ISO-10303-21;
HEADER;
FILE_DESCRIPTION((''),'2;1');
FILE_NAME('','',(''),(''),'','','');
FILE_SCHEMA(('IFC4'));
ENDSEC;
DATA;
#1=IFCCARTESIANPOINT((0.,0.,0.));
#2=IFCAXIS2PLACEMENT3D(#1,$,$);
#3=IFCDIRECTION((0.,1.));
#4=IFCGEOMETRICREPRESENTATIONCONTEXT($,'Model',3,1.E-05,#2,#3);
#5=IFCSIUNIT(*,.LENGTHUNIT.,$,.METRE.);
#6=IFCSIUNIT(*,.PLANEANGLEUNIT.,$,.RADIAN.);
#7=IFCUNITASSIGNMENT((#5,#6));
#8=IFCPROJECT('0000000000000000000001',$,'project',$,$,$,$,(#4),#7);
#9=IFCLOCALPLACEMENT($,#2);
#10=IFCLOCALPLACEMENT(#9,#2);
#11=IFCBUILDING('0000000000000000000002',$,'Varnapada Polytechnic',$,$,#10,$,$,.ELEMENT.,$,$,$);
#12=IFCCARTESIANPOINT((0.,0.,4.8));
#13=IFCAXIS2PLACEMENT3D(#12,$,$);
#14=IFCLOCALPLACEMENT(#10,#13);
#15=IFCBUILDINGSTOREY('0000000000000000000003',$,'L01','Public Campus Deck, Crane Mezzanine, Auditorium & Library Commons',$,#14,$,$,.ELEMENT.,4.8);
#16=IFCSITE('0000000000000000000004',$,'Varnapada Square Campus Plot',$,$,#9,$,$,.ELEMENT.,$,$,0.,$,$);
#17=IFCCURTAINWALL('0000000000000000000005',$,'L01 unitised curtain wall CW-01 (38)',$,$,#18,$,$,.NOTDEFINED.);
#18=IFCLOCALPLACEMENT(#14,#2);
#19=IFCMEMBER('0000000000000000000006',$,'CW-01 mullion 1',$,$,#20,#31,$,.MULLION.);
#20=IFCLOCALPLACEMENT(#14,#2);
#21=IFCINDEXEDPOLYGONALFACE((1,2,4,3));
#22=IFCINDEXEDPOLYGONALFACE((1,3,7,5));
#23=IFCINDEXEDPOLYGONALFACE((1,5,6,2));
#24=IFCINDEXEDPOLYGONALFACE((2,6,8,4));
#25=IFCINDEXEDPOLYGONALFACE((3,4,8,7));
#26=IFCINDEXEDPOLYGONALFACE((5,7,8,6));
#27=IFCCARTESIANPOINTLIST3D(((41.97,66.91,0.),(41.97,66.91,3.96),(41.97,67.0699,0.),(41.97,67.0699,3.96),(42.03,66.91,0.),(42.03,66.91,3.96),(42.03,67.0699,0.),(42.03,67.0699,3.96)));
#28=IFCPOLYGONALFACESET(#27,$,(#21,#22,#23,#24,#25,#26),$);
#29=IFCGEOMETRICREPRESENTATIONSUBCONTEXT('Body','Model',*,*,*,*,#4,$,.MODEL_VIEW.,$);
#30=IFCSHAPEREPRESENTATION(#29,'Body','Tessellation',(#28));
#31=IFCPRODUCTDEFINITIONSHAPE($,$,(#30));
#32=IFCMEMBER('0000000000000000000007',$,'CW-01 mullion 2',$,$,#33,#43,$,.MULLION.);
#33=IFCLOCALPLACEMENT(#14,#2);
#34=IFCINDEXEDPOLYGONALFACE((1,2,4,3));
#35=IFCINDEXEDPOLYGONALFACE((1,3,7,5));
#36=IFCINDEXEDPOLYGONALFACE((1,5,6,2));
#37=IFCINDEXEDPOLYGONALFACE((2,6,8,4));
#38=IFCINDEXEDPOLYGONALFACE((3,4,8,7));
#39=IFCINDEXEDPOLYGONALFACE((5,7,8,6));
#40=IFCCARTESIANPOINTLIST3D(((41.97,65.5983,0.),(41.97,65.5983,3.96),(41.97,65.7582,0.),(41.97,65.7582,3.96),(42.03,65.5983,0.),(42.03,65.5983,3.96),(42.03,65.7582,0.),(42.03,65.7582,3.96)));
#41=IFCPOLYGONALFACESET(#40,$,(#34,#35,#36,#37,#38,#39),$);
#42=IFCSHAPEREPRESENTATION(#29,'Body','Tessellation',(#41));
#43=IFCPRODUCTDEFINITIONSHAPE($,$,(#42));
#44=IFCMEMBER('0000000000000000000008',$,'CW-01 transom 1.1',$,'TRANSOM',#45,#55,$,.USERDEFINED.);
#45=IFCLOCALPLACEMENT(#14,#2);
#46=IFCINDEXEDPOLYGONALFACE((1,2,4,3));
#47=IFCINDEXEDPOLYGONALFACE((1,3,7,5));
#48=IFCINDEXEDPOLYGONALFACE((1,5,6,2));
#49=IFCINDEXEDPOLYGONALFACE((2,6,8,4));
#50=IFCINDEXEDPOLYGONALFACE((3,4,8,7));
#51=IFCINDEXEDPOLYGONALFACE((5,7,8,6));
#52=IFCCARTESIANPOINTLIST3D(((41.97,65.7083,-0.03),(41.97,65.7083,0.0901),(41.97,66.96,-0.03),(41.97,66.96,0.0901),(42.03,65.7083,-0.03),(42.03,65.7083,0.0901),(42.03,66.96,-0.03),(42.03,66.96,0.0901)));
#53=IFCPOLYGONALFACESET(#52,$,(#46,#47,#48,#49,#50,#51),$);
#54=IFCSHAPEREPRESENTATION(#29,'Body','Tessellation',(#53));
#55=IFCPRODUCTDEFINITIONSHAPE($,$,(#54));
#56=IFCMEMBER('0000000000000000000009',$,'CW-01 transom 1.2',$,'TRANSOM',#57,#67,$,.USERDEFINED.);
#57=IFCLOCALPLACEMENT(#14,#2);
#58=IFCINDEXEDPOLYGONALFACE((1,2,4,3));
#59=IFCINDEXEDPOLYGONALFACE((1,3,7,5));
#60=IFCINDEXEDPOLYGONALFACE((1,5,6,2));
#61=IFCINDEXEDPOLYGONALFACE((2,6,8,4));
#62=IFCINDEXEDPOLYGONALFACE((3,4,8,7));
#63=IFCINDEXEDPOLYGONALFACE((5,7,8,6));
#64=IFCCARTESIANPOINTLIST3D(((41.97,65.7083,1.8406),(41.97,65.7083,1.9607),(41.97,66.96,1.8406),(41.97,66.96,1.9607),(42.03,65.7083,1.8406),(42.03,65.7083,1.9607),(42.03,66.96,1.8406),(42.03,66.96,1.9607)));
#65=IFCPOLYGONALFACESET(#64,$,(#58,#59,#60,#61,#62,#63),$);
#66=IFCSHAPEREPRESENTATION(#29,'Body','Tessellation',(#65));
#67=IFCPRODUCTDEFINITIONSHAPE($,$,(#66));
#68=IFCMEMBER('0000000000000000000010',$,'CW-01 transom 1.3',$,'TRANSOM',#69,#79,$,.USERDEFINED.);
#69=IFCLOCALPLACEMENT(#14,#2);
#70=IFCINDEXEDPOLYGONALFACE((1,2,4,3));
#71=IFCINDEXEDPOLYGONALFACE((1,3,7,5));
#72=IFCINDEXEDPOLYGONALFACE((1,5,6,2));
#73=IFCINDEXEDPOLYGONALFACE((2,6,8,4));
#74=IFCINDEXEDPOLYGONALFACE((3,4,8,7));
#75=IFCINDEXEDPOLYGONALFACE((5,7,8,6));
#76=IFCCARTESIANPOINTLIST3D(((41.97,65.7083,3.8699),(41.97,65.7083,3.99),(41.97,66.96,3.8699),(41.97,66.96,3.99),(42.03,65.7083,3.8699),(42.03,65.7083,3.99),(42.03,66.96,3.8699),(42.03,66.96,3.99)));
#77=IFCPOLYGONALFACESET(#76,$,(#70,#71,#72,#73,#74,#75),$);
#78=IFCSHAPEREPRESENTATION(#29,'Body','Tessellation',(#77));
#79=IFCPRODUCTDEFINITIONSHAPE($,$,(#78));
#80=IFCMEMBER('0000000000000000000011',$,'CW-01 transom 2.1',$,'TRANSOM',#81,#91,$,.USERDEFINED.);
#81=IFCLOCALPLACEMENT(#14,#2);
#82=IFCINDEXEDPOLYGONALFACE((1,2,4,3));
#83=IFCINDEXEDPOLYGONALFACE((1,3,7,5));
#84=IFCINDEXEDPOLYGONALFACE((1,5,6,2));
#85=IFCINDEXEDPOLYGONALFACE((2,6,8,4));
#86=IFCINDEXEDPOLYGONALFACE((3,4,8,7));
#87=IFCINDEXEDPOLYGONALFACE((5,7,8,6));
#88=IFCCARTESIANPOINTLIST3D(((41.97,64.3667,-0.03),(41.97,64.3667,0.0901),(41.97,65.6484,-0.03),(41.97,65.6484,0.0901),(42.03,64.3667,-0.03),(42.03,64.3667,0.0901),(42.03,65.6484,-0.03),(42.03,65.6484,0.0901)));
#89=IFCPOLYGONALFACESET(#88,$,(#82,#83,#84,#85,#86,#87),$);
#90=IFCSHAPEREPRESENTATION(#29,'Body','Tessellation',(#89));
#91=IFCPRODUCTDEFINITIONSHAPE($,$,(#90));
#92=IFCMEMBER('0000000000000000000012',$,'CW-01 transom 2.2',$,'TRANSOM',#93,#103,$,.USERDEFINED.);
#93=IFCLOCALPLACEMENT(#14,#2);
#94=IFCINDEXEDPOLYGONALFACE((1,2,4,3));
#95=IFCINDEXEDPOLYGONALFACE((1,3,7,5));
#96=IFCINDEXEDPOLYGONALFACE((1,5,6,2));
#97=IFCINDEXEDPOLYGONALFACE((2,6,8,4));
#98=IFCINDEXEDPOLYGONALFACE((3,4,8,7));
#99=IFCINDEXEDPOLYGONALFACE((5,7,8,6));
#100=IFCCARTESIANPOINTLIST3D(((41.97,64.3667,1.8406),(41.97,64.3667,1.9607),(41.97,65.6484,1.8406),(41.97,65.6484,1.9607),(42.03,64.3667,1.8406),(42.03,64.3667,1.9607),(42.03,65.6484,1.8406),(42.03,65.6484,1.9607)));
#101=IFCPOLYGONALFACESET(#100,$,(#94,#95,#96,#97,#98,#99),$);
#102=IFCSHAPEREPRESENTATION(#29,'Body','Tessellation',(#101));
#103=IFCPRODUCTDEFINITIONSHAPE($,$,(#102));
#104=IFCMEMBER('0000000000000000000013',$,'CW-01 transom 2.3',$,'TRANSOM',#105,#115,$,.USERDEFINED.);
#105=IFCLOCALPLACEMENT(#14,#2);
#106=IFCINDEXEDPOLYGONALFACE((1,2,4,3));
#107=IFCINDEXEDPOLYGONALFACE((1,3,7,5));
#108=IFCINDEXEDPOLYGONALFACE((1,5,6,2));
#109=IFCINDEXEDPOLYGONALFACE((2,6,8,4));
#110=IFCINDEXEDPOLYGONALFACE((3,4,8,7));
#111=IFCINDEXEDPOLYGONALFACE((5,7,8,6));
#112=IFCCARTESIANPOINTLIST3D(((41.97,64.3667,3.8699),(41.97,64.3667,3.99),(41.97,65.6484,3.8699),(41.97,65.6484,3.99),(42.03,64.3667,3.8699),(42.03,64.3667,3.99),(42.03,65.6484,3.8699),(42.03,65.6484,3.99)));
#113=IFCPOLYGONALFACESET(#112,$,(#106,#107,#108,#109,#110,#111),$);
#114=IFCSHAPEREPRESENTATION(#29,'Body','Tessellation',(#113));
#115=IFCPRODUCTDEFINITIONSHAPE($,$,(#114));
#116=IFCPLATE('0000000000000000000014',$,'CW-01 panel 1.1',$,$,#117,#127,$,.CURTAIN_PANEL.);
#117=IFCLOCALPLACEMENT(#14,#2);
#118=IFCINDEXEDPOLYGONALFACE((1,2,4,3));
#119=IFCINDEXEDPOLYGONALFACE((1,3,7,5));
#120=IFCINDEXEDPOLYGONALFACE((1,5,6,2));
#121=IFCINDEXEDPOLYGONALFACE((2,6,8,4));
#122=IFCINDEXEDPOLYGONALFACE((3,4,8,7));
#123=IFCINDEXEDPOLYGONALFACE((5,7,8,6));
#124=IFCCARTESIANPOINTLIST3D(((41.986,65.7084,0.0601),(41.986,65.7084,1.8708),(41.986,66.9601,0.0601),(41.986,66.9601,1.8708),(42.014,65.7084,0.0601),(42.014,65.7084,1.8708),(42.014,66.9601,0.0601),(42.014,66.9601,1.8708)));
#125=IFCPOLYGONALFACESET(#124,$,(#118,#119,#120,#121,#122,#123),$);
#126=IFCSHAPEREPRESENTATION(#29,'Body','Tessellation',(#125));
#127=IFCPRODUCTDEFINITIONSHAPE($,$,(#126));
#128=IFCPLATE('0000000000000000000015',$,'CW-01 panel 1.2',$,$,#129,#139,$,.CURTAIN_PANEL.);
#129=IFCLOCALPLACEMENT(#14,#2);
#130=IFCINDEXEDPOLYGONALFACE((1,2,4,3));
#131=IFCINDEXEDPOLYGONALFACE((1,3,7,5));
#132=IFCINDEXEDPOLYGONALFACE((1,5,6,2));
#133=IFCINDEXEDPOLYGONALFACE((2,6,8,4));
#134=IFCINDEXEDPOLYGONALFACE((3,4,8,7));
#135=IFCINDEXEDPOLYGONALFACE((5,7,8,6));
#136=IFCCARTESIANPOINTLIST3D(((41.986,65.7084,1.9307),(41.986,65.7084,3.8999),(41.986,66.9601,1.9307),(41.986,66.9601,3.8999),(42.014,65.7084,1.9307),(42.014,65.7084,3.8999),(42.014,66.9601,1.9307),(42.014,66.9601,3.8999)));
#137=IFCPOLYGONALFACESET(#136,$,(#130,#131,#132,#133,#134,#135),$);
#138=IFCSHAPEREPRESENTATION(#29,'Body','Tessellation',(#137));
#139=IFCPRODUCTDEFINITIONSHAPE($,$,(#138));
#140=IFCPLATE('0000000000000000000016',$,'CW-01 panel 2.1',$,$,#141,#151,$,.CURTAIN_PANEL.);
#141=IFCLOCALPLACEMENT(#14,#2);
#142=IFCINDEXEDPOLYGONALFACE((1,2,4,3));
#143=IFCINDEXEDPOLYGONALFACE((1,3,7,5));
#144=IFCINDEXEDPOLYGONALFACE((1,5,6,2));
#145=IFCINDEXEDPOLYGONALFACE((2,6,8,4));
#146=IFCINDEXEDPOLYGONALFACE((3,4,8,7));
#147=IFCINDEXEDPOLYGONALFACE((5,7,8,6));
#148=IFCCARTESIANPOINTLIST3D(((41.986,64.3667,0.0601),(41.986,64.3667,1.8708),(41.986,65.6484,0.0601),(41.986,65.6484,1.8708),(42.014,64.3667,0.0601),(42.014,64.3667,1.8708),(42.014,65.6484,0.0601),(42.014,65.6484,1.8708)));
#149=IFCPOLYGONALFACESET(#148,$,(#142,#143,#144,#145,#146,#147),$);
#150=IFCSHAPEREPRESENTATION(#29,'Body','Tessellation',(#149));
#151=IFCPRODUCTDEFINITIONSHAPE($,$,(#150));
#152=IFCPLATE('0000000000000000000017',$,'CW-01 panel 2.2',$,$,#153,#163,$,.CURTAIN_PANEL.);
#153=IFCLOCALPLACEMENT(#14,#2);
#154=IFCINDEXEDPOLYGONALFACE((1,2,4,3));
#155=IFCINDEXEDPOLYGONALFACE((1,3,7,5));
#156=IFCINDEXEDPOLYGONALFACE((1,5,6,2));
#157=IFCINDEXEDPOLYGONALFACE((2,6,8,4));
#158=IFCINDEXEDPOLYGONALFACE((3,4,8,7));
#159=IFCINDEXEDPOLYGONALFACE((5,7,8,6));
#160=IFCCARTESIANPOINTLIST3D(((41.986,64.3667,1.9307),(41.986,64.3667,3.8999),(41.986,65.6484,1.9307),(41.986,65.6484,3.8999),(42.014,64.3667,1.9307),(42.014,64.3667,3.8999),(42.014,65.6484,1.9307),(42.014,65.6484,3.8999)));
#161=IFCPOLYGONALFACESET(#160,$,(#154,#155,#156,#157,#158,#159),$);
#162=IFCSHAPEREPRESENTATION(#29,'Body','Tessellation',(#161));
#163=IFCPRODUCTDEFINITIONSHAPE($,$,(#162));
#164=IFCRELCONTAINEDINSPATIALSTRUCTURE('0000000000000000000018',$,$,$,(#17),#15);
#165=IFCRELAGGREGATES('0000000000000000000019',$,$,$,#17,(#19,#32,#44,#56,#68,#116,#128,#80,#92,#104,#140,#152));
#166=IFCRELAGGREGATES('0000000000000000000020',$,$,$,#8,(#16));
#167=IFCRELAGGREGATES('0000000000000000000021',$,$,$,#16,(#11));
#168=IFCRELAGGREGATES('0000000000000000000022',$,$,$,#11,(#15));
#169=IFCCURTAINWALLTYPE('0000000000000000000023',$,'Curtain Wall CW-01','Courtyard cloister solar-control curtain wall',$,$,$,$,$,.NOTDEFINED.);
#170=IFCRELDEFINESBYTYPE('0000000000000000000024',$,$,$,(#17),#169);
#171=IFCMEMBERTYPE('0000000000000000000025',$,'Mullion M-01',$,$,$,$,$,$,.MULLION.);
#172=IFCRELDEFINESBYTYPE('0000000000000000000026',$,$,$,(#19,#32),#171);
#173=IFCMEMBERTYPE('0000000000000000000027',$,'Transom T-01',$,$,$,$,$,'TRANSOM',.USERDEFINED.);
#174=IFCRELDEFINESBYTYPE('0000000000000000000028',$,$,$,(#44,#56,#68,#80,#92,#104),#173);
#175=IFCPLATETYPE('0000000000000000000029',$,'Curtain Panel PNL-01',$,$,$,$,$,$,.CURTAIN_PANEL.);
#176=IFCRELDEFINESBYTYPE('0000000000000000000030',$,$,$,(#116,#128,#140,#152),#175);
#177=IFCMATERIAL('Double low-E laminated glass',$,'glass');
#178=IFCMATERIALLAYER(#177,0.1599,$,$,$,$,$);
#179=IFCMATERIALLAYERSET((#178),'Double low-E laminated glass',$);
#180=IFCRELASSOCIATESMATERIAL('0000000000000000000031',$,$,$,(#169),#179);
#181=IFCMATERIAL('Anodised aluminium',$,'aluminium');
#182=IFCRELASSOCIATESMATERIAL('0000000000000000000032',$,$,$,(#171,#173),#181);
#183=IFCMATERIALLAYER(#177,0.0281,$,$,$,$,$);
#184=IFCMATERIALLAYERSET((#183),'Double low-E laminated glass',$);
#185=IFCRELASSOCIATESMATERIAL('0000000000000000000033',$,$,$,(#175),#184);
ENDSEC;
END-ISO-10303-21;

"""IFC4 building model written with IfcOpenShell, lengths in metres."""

from ifc_helpers import new_model, si_unit, direction, frame, origin, origin_2d, place, context, subcontext, project, spatial, rectangle, extrude, material, layer, layer_set, material_profile, profile_set, type_object, element, aggregate, save


model = new_model("IFC4")

# Units and contexts
model_context = context("Model", 3, precision=1e-05, world=origin(), true_north=direction((0.0, 1.0)))
body_context = subcontext(model_context, "Body", "Model", "MODEL_VIEW")
ifc_project = project(units=[si_unit("LENGTHUNIT", "METRE"), si_unit("PLANEANGLEUNIT", "RADIAN")], contexts=[model_context])

# Site, building, storey
site_placement = place(None, origin())
site = spatial("IfcSite", under=ifc_project, at=site_placement, Name="Varnapada Square Campus Plot", CompositionType="ELEMENT", RefElevation=0.0)
building_placement = place(site_placement, origin())
building = spatial("IfcBuilding", under=site, at=building_placement, Name="Varnapada Polytechnic", CompositionType="ELEMENT")
storey_placement = place(building_placement, frame((0.0, 0.0, 4.8)))
storey = spatial("IfcBuildingStorey", under=building, at=storey_placement, Name="L01", Description="Public Campus Deck, Crane Mezzanine, Auditorium & Library Commons", CompositionType="ELEMENT", Elevation=4.8)

# Curtain wall, members, plates
ifc_material_1 = material(Name="Double low-E laminated glass", Category="glass")
ifc_layer_1 = layer(ifc_material_1, 0.1599)
ifc_layer_set_1 = layer_set([ifc_layer_1], Name="Double low-E laminated glass")
curtain_wall_type = type_object("IfcCurtainWallType", Name="Curtain Wall CW-01", Description="Courtyard cloister solar-control curtain wall", PredefinedType="NOTDEFINED", material=ifc_layer_set_1)
curtain_wall_placement = place(storey_placement, origin())
curtain_wall = element("IfcCurtainWall", 1, at=curtain_wall_placement, inside=storey, type_object=curtain_wall_type, Name="L01 unitised curtain wall CW-01 (38)", PredefinedType="NOTDEFINED")
ifc_material_2 = material(Name="Anodised aluminium", Category="aluminium")
ifc_material_profile_1 = material_profile(ifc_material_2, rectangle(XDim=0.0601, YDim=0.1599, at=origin_2d()), Name="ALU M60x160")
ifc_profile_set_1 = profile_set([ifc_material_profile_1], Name="Anodised aluminium")
member_type_1 = type_object("IfcMemberType", Name="Mullion M-01", PredefinedType="MULLION", material=ifc_profile_set_1)
member_1_placement = place(storey_placement, frame((42.0, 66.99, 0.0), z_axis=(0.0, 0.0, 1.0), x_axis=(1.0, 0.0, 0.0)))
member_1 = element("IfcMember", 2, at=member_1_placement, type_object=member_type_1, Name="CW-01 mullion 1", PredefinedType="MULLION", context=body_context, shape_type="SweptSolid", body=[
    extrude(rectangle(XDim=0.0601, YDim=0.1599, at=origin_2d()), origin(), (0.0, 0.0, 1.0), 3.96),
])
member_2_placement = place(storey_placement, frame((42.0, 65.6782, 0.0), z_axis=(0.0, 0.0, 1.0), x_axis=(1.0, 0.0, 0.0)))
member_2 = element("IfcMember", 3, at=member_2_placement, type_object=member_type_1, Name="CW-01 mullion 2", PredefinedType="MULLION", context=body_context, shape_type="SweptSolid", body=[
    extrude(rectangle(XDim=0.0601, YDim=0.1599, at=origin_2d()), origin(), (0.0, 0.0, 1.0), 3.96),
])
ifc_material_profile_2 = material_profile(ifc_material_2, rectangle(XDim=0.0601, YDim=0.1201, at=origin_2d()), Name="ALU T60x120")
ifc_profile_set_2 = profile_set([ifc_material_profile_2], Name="Anodised aluminium")
member_type_2 = type_object("IfcMemberType", Name="Transom T-01", ElementType="TRANSOM", PredefinedType="USERDEFINED", material=ifc_profile_set_2)
member_3_placement = place(storey_placement, frame((42.0, 66.96, 0.03), z_axis=(0.0, -1.0, 0.0), x_axis=(1.0, 0.0, 0.0)))
member_3 = element("IfcMember", 4, at=member_3_placement, type_object=member_type_2, Name="CW-01 transom 1.1", ObjectType="TRANSOM", PredefinedType="USERDEFINED", context=body_context, shape_type="SweptSolid", body=[
    extrude(rectangle(XDim=0.0601, YDim=0.1201, at=origin_2d()), origin(), (0.0, 0.0, 1.0), 1.2517),
])
member_4_placement = place(storey_placement, frame((42.0, 66.96, 1.9006), z_axis=(0.0, -1.0, 0.0), x_axis=(1.0, 0.0, 0.0)))
member_4 = element("IfcMember", 5, at=member_4_placement, type_object=member_type_2, Name="CW-01 transom 1.2", ObjectType="TRANSOM", PredefinedType="USERDEFINED", context=body_context, shape_type="SweptSolid", body=[
    extrude(rectangle(XDim=0.0601, YDim=0.1201, at=origin_2d()), origin(), (0.0, 0.0, 1.0), 1.2517),
])
member_5_placement = place(storey_placement, frame((42.0, 66.96, 3.9299), z_axis=(0.0, -1.0, 0.0), x_axis=(1.0, 0.0, 0.0)))
member_5 = element("IfcMember", 6, at=member_5_placement, type_object=member_type_2, Name="CW-01 transom 1.3", ObjectType="TRANSOM", PredefinedType="USERDEFINED", context=body_context, shape_type="SweptSolid", body=[
    extrude(rectangle(XDim=0.0601, YDim=0.1201, at=origin_2d()), origin(), (0.0, 0.0, 1.0), 1.2517),
])
member_6_placement = place(storey_placement, frame((42.0, 65.6484, 0.03), z_axis=(0.0, -1.0, 0.0), x_axis=(1.0, 0.0, 0.0)))
member_6 = element("IfcMember", 7, at=member_6_placement, type_object=member_type_2, Name="CW-01 transom 2.1", ObjectType="TRANSOM", PredefinedType="USERDEFINED", context=body_context, shape_type="SweptSolid", body=[
    extrude(rectangle(XDim=0.0601, YDim=0.1201, at=origin_2d()), origin(), (0.0, 0.0, 1.0), 1.2817),
])
member_7_placement = place(storey_placement, frame((42.0, 65.6484, 1.9006), z_axis=(0.0, -1.0, 0.0), x_axis=(1.0, 0.0, 0.0)))
member_7 = element("IfcMember", 8, at=member_7_placement, type_object=member_type_2, Name="CW-01 transom 2.2", ObjectType="TRANSOM", PredefinedType="USERDEFINED", context=body_context, shape_type="SweptSolid", body=[
    extrude(rectangle(XDim=0.0601, YDim=0.1201, at=origin_2d()), origin(), (0.0, 0.0, 1.0), 1.2817),
])
member_8_placement = place(storey_placement, frame((42.0, 65.6484, 3.9299), z_axis=(0.0, -1.0, 0.0), x_axis=(1.0, 0.0, 0.0)))
member_8 = element("IfcMember", 9, at=member_8_placement, type_object=member_type_2, Name="CW-01 transom 2.3", ObjectType="TRANSOM", PredefinedType="USERDEFINED", context=body_context, shape_type="SweptSolid", body=[
    extrude(rectangle(XDim=0.0601, YDim=0.1201, at=origin_2d()), origin(), (0.0, 0.0, 1.0), 1.2817),
])
ifc_layer_2 = layer(ifc_material_1, 0.0281)
ifc_layer_set_2 = layer_set([ifc_layer_2], Name="Double low-E laminated glass")
plate_type = type_object("IfcPlateType", Name="Curtain Panel PNL-01", PredefinedType="CURTAIN_PANEL", material=ifc_layer_set_2)
plate_1_placement = place(storey_placement, frame((42.0, 66.3342, 0.0601), z_axis=(0.0, 0.0, 1.0), x_axis=(0.0, -1.0, 0.0)))
plate_1 = element("IfcPlate", 10, at=plate_1_placement, type_object=plate_type, Name="CW-01 panel 1.1", PredefinedType="CURTAIN_PANEL", context=body_context, shape_type="SweptSolid", body=[
    extrude(rectangle(XDim=1.2517, YDim=0.0281, at=origin_2d()), origin(), (0.0, 0.0, 1.0), 1.8108),
])
plate_2_placement = place(storey_placement, frame((42.0, 66.3342, 1.9307), z_axis=(0.0, 0.0, 1.0), x_axis=(0.0, -1.0, 0.0)))
plate_2 = element("IfcPlate", 11, at=plate_2_placement, type_object=plate_type, Name="CW-01 panel 1.2", PredefinedType="CURTAIN_PANEL", context=body_context, shape_type="SweptSolid", body=[
    extrude(rectangle(XDim=1.2517, YDim=0.0281, at=origin_2d()), origin(), (0.0, 0.0, 1.0), 1.9692),
])
plate_3_placement = place(storey_placement, frame((42.0, 65.0076, 0.0601), z_axis=(0.0, 0.0, 1.0), x_axis=(0.0, -1.0, 0.0)))
plate_3 = element("IfcPlate", 12, at=plate_3_placement, type_object=plate_type, Name="CW-01 panel 2.1", PredefinedType="CURTAIN_PANEL", context=body_context, shape_type="SweptSolid", body=[
    extrude(rectangle(XDim=1.2817, YDim=0.0281, at=origin_2d()), origin(), (0.0, 0.0, 1.0), 1.8108),
])
plate_4_placement = place(storey_placement, frame((42.0, 65.0076, 1.9307), z_axis=(0.0, 0.0, 1.0), x_axis=(0.0, -1.0, 0.0)))
plate_4 = element("IfcPlate", 13, at=plate_4_placement, type_object=plate_type, Name="CW-01 panel 2.2", PredefinedType="CURTAIN_PANEL", context=body_context, shape_type="SweptSolid", body=[
    extrude(rectangle(XDim=1.2817, YDim=0.0281, at=origin_2d()), origin(), (0.0, 0.0, 1.0), 1.9692),
])
aggregate(curtain_wall, [member_1, member_2, member_3, member_4, member_5, plate_1, plate_2, member_6, member_7, member_8, plate_3, plate_4])

save(model, "model.ifc")
